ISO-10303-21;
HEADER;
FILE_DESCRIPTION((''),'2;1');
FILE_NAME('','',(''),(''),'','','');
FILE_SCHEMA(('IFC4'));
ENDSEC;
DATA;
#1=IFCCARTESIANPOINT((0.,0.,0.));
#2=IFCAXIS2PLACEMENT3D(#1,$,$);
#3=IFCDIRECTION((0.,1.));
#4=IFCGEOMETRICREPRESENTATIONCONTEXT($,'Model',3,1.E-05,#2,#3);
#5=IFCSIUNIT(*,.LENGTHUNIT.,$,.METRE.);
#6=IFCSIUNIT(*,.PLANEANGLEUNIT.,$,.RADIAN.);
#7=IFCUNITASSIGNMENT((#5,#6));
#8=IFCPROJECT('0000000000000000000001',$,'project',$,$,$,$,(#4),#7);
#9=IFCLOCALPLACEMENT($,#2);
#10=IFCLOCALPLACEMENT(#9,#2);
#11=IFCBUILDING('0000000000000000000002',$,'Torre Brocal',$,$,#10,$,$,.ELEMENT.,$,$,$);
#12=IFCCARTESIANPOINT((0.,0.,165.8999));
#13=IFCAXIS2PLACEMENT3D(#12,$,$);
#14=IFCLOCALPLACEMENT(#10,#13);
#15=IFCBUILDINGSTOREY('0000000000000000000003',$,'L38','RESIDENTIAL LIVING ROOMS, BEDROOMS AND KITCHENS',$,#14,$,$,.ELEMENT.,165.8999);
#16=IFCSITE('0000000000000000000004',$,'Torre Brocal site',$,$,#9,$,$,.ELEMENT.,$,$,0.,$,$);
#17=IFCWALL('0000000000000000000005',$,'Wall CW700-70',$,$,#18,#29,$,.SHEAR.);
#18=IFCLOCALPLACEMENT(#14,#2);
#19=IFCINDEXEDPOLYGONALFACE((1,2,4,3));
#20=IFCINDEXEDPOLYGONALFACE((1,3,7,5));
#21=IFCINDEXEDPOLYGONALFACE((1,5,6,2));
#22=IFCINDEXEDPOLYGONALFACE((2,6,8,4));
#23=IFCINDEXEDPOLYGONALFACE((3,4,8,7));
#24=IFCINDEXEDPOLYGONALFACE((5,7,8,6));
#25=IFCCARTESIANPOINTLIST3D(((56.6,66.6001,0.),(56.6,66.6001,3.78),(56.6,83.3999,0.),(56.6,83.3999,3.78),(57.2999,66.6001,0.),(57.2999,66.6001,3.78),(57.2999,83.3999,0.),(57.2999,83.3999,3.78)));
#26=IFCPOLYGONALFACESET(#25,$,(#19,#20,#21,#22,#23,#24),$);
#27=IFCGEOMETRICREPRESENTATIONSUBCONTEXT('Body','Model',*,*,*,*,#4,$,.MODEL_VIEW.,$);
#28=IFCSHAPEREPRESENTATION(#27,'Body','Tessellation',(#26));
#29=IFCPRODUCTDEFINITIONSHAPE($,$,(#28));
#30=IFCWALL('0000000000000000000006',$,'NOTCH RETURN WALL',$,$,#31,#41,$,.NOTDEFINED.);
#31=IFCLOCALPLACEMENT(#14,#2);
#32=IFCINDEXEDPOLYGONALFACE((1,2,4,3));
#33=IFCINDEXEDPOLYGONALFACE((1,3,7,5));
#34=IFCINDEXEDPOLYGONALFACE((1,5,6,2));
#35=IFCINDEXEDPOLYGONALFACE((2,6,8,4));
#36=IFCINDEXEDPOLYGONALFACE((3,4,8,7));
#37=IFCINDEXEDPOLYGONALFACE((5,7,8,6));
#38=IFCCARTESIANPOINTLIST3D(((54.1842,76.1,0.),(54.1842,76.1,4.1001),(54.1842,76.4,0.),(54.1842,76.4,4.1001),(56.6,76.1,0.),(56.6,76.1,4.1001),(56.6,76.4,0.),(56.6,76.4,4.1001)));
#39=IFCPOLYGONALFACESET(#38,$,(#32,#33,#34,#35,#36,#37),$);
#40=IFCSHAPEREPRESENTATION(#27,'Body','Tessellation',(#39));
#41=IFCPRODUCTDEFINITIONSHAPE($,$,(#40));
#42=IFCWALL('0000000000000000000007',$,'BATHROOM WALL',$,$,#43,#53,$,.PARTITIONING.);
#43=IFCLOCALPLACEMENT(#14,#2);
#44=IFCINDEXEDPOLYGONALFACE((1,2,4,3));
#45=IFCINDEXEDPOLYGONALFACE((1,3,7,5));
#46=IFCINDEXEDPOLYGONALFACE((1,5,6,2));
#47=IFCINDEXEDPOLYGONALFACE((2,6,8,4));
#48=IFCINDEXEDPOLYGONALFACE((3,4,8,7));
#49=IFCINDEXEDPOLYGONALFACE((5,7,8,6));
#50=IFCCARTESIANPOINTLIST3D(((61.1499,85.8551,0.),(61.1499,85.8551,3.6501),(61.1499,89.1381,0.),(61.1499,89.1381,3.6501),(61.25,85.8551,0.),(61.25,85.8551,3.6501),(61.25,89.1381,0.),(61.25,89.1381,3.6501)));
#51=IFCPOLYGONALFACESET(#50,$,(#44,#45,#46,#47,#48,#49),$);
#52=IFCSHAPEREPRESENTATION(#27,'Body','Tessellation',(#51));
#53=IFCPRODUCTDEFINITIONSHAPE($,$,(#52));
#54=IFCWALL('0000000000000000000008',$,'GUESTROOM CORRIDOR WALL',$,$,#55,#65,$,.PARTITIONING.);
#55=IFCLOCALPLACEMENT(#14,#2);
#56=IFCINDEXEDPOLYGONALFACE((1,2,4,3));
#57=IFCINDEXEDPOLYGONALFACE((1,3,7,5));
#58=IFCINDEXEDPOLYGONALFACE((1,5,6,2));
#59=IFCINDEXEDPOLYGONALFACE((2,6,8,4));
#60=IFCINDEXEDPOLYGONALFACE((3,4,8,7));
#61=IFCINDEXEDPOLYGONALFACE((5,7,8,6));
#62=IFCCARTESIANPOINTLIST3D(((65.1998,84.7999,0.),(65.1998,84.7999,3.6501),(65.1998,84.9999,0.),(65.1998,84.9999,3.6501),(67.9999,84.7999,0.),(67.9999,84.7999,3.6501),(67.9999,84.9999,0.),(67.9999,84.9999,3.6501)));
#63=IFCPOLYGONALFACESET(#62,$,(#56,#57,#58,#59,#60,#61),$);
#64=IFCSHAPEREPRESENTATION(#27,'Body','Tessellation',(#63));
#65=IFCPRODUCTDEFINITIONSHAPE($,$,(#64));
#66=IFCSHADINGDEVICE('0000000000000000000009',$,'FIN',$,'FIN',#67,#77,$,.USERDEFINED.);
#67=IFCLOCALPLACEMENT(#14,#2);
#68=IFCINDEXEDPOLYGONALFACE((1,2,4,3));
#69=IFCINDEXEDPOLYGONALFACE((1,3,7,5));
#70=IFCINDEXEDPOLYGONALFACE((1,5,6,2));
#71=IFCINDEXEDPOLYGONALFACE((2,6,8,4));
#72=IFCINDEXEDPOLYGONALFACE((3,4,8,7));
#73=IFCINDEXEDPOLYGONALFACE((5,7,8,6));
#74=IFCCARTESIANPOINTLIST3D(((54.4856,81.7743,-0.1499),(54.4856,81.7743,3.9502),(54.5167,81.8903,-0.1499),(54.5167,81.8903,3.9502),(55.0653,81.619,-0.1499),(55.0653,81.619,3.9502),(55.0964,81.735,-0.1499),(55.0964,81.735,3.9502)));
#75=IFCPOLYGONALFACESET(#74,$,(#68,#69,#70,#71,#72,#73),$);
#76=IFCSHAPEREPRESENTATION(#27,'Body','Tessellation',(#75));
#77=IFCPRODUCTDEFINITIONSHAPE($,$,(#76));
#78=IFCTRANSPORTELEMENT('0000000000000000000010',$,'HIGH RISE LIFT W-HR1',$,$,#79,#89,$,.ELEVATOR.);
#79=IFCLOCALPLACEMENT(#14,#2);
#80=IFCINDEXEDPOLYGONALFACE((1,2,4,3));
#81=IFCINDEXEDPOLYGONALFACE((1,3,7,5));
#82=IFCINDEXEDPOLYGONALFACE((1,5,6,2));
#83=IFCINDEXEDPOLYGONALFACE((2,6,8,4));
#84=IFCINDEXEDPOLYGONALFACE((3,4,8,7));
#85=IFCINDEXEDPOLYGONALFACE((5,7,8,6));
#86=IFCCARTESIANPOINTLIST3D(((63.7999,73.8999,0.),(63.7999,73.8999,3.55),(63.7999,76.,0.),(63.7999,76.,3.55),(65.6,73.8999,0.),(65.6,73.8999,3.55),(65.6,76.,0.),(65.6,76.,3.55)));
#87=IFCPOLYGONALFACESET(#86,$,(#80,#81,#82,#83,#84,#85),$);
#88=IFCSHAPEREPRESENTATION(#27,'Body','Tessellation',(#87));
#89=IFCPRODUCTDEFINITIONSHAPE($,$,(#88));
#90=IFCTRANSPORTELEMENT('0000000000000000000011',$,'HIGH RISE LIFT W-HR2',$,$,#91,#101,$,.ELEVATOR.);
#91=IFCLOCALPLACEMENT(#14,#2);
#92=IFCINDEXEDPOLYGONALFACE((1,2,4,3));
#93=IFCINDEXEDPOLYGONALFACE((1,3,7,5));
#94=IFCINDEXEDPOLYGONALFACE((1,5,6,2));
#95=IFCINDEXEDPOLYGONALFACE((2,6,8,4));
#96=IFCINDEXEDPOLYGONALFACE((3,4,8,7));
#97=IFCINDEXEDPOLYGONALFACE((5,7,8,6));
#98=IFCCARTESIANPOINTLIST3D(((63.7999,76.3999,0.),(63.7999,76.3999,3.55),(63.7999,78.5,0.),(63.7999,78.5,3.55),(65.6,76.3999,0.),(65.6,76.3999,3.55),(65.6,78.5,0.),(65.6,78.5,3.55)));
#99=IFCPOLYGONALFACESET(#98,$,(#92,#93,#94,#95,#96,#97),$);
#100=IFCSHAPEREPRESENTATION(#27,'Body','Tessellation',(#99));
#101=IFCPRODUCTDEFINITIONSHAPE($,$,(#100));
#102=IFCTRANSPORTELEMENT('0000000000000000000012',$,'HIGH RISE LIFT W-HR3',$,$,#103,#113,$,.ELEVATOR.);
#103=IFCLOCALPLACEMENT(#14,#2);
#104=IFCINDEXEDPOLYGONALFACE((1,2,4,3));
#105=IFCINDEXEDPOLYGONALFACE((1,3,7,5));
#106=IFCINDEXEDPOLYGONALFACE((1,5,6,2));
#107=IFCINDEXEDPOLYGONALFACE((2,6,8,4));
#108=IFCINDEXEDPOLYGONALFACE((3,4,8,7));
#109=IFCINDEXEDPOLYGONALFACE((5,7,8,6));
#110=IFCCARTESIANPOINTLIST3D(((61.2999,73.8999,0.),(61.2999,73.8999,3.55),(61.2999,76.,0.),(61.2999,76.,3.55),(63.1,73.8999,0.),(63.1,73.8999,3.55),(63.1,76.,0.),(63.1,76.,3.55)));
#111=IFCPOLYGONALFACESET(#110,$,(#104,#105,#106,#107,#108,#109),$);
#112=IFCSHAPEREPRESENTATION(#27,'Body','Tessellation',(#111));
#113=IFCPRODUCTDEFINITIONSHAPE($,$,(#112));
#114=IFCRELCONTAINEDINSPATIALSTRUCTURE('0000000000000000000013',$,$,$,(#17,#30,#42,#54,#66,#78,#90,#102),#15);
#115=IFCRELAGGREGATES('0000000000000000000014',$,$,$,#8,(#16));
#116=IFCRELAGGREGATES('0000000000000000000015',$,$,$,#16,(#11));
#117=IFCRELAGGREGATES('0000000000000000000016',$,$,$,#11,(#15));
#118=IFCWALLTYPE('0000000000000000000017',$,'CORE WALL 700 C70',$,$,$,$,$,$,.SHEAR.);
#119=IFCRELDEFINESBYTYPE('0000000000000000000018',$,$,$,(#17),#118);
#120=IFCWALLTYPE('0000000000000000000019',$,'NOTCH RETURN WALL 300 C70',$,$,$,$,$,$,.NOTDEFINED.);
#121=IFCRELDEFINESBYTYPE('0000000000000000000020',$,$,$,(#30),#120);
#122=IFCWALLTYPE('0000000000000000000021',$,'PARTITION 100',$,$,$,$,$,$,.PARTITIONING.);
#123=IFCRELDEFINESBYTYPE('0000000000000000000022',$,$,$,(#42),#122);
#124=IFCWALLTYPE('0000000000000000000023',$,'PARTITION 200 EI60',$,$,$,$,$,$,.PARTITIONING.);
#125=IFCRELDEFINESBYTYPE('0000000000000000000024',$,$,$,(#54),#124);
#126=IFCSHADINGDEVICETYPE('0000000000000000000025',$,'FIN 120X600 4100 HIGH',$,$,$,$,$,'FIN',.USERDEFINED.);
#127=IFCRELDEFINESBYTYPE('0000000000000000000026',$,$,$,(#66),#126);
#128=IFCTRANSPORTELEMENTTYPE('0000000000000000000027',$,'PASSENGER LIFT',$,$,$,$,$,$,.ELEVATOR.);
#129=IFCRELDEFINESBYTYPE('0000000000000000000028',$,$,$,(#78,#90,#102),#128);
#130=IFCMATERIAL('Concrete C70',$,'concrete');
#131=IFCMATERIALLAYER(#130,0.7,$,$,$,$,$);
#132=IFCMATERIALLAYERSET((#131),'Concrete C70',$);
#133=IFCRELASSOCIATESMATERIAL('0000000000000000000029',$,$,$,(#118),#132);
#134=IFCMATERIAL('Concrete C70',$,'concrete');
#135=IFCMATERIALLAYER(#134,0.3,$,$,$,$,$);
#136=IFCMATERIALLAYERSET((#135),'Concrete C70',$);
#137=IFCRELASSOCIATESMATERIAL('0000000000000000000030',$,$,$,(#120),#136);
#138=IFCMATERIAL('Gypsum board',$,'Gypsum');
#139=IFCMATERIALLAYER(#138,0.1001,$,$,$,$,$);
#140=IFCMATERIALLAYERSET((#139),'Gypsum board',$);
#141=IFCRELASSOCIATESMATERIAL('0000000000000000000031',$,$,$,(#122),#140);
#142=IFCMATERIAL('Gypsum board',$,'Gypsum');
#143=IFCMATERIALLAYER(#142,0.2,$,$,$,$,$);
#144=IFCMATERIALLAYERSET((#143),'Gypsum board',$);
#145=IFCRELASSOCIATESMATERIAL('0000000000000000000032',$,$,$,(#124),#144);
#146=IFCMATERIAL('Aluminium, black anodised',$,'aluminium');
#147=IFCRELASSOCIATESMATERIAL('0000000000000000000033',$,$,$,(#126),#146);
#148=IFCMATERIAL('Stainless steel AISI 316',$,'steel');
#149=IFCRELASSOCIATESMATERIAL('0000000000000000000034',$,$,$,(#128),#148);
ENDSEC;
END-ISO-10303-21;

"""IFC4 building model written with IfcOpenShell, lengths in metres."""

from ifc_helpers import new_model, si_unit, direction, frame, frame_2d, origin, origin_2d, place, context, subcontext, project, spatial, rectangle, extrude, material, layer, layer_set, material_profile, profile_set, type_object, element, save


model = new_model("IFC4")

# Units and contexts
model_context = context("Model", 3, precision=1e-05, world=origin(), true_north=direction((0.0, 1.0)))
body_context = subcontext(model_context, "Body", "Model", "MODEL_VIEW")
ifc_project = project(units=[si_unit("LENGTHUNIT", "METRE"), si_unit("PLANEANGLEUNIT", "RADIAN")], contexts=[model_context])

# Site, building, storey
site_placement = place(None, origin())
site = spatial("IfcSite", under=ifc_project, at=site_placement, Name="Torre Brocal site", CompositionType="ELEMENT", RefElevation=0.0)
building_placement = place(site_placement, origin())
building = spatial("IfcBuilding", under=site, at=building_placement, Name="Torre Brocal", CompositionType="ELEMENT")
storey_placement = place(building_placement, frame((0.0, 0.0, 165.8999)))
storey = spatial("IfcBuildingStorey", under=building, at=storey_placement, Name="L38", Description="RESIDENTIAL LIVING ROOMS, BEDROOMS AND KITCHENS", CompositionType="ELEMENT", Elevation=165.8999)

# Walls
ifc_material_1 = material(Name="Concrete C70", Category="concrete")
ifc_layer_1 = layer(ifc_material_1, 0.7)
ifc_layer_set_1 = layer_set([ifc_layer_1], Name="Concrete C70")
wall_type_1 = type_object("IfcWallType", Name="CORE WALL 700 C70", PredefinedType="SHEAR", material=ifc_layer_set_1)
wall_1_placement = place(storey_placement, frame((56.95, 83.3999, 0.0), z_axis=(0.0, 0.0, 1.0), x_axis=(0.0, -1.0, 0.0)))
element("IfcWall", 1, at=wall_1_placement, inside=storey, type_object=wall_type_1, Name="Wall CW700-70", PredefinedType="SHEAR", context=body_context, shape_type="SweptSolid", body=[
    extrude(rectangle(XDim=16.7998, YDim=0.7, at=frame_2d((8.3999, 0.0))), origin(), (0.0, 0.0, 1.0), 3.78),
])
ifc_material_2 = material(Name="Concrete C70", Category="concrete")
ifc_layer_2 = layer(ifc_material_2, 0.3)
ifc_layer_set_2 = layer_set([ifc_layer_2], Name="Concrete C70")
wall_type_2 = type_object("IfcWallType", Name="NOTCH RETURN WALL 300 C70", PredefinedType="NOTDEFINED", material=ifc_layer_set_2)
wall_2_placement = place(storey_placement, frame((56.6001, 76.25, 0.0), z_axis=(0.0, 0.0, 1.0), x_axis=(-1.0, 0.0, 0.0)))
element("IfcWall", 2, at=wall_2_placement, inside=storey, type_object=wall_type_2, Name="NOTCH RETURN WALL", PredefinedType="NOTDEFINED", context=body_context, shape_type="SweptSolid", body=[
    extrude(rectangle(XDim=2.4158, YDim=0.3, at=frame_2d((1.208, 0.0))), origin(), (0.0, 0.0, 1.0), 4.1001),
])
ifc_material_3 = material(Name="Gypsum board", Category="Gypsum")
ifc_layer_3 = layer(ifc_material_3, 0.1001)
ifc_layer_set_3 = layer_set([ifc_layer_3], Name="Gypsum board")
wall_type_3 = type_object("IfcWallType", Name="PARTITION 100", PredefinedType="PARTITIONING", material=ifc_layer_set_3)
wall_3_placement = place(storey_placement, frame((61.2, 85.855, 0.0), z_axis=(0.0, 0.0, 1.0), x_axis=(0.0, 1.0, 0.0)))
element("IfcWall", 3, at=wall_3_placement, inside=storey, type_object=wall_type_3, Name="BATHROOM WALL", PredefinedType="PARTITIONING", context=body_context, shape_type="SweptSolid", body=[
    extrude(rectangle(XDim=3.283, YDim=0.1001, at=frame_2d((1.6416, 0.0))), origin(), (0.0, 0.0, 1.0), 3.6501),
])
ifc_material_4 = material(Name="Gypsum board", Category="Gypsum")
ifc_layer_4 = layer(ifc_material_4, 0.2)
ifc_layer_set_4 = layer_set([ifc_layer_4], Name="Gypsum board")
wall_type_4 = type_object("IfcWallType", Name="PARTITION 200 EI60", PredefinedType="PARTITIONING", material=ifc_layer_set_4)
wall_4_placement = place(storey_placement, frame((65.2, 84.8999, 0.0), z_axis=(0.0, 0.0, 1.0), x_axis=(1.0, 0.0, 0.0)))
element("IfcWall", 4, at=wall_4_placement, inside=storey, type_object=wall_type_4, Name="GUESTROOM CORRIDOR WALL", PredefinedType="PARTITIONING", context=body_context, shape_type="SweptSolid", body=[
    extrude(rectangle(XDim=2.8, YDim=0.2, at=frame_2d((1.3999, 0.0))), origin(), (0.0, 0.0, 1.0), 3.6501),
])

# Shading device
ifc_material_5 = material(Name="Aluminium, black anodised", Category="aluminium")
ifc_material_profile_1 = material_profile(ifc_material_5, rectangle(XDim=0.1201, YDim=0.6001, at=origin_2d()), Name="FIN 120X600 4100 HIGH")
ifc_profile_set_1 = profile_set([ifc_material_profile_1], Name="Aluminium, black anodised")
shading_device_type = type_object("IfcShadingDeviceType", Name="FIN 120X600 4100 HIGH", ElementType="FIN", PredefinedType="USERDEFINED", material=ifc_profile_set_1)
shading_device_placement = place(storey_placement, frame((54.791, 81.7546, -0.1499), z_axis=(0.0, 0.0, 1.0), x_axis=(-0.258819, -0.965926, 0.0)))
element("IfcShadingDevice", 5, at=shading_device_placement, inside=storey, type_object=shading_device_type, Name="FIN", ObjectType="FIN", PredefinedType="USERDEFINED", context=body_context, shape_type="SweptSolid", body=[
    extrude(rectangle(XDim=0.1201, YDim=0.6001, at=origin_2d()), origin(), (0.0, 0.0, 1.0), 4.1001),
])

# Transport elements
ifc_material_6 = material(Name="Stainless steel AISI 316", Category="steel")
transport_element_type = type_object("IfcTransportElementType", Name="PASSENGER LIFT", PredefinedType="ELEVATOR", material=ifc_material_6)
for number, where, z_axis, x_axis, name in (
    (6, (64.7, 74.95, 0.0), (0.0, 0.0, 1.0), (1.0, 0.0, 0.0), "HIGH RISE LIFT W-HR1"),
    (7, (64.7, 77.45, 0.0), (0.0, 0.0, 1.0), (1.0, 0.0, 0.0), "HIGH RISE LIFT W-HR2"),
    (8, (62.2, 74.95, 0.0), (0.0, 0.0, 1.0), (1.0, 0.0, 0.0), "HIGH RISE LIFT W-HR3"),
):
    element("IfcTransportElement", number, at=place(storey_placement, frame(where, z_axis=z_axis, x_axis=x_axis)), inside=storey, type_object=transport_element_type, Name=name, PredefinedType="ELEVATOR", context=body_context, shape_type="SweptSolid", body=[
        extrude(rectangle(XDim=1.8, YDim=2.1001, at=origin_2d()), origin(), (0.0, 0.0, 1.0), 3.55),
    ])

save(model, "model.ifc")
